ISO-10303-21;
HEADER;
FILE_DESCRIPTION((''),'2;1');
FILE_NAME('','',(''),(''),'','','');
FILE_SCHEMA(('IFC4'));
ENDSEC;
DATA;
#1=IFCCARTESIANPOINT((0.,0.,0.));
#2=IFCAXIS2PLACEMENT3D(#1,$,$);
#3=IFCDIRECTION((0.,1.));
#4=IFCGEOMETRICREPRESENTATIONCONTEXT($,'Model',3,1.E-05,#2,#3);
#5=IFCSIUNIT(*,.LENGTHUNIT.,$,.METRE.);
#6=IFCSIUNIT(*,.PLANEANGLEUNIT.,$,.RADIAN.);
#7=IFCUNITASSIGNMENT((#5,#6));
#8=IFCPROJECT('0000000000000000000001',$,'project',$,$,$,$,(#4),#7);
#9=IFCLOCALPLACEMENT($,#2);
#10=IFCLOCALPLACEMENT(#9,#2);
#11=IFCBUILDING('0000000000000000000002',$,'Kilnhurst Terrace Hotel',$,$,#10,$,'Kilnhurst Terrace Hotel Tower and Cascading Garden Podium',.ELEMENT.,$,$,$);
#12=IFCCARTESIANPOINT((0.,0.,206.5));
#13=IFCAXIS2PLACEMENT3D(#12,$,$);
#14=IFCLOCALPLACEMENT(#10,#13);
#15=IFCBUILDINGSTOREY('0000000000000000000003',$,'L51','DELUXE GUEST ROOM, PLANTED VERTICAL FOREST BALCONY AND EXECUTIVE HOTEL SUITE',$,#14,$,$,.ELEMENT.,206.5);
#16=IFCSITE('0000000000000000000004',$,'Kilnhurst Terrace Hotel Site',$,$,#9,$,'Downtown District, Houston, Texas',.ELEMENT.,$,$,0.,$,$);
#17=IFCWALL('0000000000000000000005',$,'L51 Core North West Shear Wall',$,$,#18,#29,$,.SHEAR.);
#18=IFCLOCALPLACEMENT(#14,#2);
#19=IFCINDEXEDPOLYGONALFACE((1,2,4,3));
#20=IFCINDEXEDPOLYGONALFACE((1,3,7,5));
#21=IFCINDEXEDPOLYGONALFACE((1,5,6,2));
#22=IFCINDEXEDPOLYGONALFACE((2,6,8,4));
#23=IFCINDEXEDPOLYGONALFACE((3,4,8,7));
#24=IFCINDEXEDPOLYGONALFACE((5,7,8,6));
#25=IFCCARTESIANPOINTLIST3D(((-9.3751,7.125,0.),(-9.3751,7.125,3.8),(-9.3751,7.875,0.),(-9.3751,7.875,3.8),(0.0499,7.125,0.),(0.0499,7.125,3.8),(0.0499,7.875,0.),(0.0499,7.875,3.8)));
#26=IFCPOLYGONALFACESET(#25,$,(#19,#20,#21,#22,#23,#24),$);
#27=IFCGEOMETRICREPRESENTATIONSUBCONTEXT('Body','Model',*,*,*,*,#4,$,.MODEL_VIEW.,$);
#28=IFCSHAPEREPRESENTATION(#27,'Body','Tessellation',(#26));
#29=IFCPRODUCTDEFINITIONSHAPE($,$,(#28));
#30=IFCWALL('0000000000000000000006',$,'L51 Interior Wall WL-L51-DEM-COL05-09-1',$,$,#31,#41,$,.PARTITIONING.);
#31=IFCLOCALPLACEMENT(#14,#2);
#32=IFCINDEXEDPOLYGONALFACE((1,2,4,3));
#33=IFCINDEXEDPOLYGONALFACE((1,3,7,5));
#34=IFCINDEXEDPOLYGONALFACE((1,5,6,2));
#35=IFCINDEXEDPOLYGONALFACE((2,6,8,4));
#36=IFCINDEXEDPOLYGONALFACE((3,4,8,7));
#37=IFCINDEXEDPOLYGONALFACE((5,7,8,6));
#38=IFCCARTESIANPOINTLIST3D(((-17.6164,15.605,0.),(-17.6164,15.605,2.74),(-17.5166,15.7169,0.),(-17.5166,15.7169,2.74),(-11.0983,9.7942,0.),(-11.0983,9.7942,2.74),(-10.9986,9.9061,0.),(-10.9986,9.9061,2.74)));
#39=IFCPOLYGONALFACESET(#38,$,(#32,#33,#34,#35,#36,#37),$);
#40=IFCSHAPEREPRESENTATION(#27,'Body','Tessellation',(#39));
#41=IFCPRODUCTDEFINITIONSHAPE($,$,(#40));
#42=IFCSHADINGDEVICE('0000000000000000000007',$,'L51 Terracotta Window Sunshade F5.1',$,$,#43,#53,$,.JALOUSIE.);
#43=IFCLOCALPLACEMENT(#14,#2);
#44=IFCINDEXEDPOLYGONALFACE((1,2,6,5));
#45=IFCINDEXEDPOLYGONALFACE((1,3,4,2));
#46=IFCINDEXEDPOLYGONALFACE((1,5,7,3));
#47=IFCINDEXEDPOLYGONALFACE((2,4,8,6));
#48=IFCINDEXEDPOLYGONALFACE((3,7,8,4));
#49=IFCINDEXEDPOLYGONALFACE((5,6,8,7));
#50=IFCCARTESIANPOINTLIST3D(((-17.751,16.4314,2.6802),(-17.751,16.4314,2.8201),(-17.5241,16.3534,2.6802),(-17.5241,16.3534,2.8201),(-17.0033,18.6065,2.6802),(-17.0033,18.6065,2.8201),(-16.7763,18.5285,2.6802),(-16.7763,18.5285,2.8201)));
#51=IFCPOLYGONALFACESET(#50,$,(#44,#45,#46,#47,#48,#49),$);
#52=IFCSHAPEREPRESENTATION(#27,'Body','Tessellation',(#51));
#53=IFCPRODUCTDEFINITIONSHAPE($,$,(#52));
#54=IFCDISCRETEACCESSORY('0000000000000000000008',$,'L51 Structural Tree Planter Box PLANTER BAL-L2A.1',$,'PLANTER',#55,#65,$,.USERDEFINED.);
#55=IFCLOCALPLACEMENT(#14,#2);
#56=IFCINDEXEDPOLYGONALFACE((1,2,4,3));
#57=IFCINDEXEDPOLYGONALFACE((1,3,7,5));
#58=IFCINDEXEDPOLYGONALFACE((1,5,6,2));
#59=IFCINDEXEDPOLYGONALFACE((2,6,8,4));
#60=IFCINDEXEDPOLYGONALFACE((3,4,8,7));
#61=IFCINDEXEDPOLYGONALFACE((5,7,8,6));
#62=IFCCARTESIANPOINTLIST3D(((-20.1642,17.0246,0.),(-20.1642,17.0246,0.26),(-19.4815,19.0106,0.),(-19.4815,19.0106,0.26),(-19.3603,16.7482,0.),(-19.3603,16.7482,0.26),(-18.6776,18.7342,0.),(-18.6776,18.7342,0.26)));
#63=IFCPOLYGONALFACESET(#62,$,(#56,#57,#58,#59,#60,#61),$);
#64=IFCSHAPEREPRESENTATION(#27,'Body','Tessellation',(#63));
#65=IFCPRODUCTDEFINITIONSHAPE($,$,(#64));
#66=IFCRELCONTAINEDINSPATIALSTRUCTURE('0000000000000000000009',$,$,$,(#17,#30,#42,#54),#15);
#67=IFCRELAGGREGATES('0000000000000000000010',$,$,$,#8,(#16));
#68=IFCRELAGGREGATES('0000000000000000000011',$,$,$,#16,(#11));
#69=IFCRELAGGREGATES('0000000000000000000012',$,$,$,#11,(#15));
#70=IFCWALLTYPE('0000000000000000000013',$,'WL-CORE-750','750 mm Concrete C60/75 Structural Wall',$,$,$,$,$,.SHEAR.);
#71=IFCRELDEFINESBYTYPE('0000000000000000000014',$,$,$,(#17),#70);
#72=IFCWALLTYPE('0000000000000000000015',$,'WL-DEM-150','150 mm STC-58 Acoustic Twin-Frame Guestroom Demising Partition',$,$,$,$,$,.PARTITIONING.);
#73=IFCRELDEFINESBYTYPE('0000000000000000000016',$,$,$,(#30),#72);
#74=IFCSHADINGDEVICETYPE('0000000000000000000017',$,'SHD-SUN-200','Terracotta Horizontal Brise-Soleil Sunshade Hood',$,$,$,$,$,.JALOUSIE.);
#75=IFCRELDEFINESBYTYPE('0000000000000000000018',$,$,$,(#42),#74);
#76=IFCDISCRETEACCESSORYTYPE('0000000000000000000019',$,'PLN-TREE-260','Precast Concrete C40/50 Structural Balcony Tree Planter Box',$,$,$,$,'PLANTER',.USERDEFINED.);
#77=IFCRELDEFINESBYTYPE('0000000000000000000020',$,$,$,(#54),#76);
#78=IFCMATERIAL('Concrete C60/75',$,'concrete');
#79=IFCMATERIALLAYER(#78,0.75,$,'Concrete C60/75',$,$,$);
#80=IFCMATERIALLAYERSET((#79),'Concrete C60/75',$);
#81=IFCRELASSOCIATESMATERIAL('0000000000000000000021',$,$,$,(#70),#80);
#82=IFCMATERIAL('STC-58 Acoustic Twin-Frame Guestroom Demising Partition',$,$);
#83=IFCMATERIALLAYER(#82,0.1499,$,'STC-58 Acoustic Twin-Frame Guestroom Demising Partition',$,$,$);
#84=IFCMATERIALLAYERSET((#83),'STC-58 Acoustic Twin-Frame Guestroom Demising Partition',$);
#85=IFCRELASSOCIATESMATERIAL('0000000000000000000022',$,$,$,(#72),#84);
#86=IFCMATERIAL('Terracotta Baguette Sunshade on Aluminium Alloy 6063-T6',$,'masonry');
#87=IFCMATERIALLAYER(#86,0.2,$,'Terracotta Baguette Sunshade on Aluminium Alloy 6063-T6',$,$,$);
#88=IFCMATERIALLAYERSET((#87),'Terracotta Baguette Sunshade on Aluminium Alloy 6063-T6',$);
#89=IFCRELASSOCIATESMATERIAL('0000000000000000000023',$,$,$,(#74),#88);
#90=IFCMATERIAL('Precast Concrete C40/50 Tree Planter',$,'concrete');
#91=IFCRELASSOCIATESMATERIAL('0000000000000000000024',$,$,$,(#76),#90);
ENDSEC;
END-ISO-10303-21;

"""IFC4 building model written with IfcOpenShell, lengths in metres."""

from ifc_helpers import new_model, si_unit, direction, frame, frame_2d, origin, origin_2d, place, context, subcontext, project, spatial, rectangle, extrude, material, layer, layer_set, type_object, element, save


model = new_model("IFC4")

# Units and contexts
model_context = context("Model", 3, precision=1e-05, world=origin(), true_north=direction((0.0, 1.0)))
body_context = subcontext(model_context, "Body", "Model", "MODEL_VIEW")
ifc_project = project(units=[si_unit("LENGTHUNIT", "METRE"), si_unit("PLANEANGLEUNIT", "RADIAN")], contexts=[model_context])

# Site, building, storey
site_placement = place(None, origin())
site = spatial("IfcSite", under=ifc_project, at=site_placement, Name="Kilnhurst Terrace Hotel Site", LongName="Downtown District, Houston, Texas", CompositionType="ELEMENT", RefElevation=0.0)
building_placement = place(site_placement, origin())
building = spatial("IfcBuilding", under=site, at=building_placement, Name="Kilnhurst Terrace Hotel", LongName="Kilnhurst Terrace Hotel Tower and Cascading Garden Podium", CompositionType="ELEMENT")
storey_placement = place(building_placement, frame((0.0, 0.0, 206.5)))
storey = spatial("IfcBuildingStorey", under=building, at=storey_placement, Name="L51", Description="DELUXE GUEST ROOM, PLANTED VERTICAL FOREST BALCONY AND EXECUTIVE HOTEL SUITE", CompositionType="ELEMENT", Elevation=206.5)

# Shared definitions
ifc_material_1 = material(Name="Concrete C60/75", Category="concrete")

# Walls
ifc_layer_1 = layer(ifc_material_1, 0.75, Name="Concrete C60/75")
ifc_layer_set_1 = layer_set([ifc_layer_1], Name="Concrete C60/75")
wall_type_1 = type_object("IfcWallType", Name="WL-CORE-750", Description="750 mm Concrete C60/75 Structural Wall", PredefinedType="SHEAR", material=ifc_layer_set_1)
wall_1_placement = place(storey_placement, frame((-9.375, 7.5, 0.0), z_axis=(0.0, 0.0, 1.0), x_axis=(1.0, 0.0, 0.0)))
element("IfcWall", 1, at=wall_1_placement, inside=storey, type_object=wall_type_1, Name="L51 Core North West Shear Wall", PredefinedType="SHEAR", context=body_context, shape_type="SweptSolid", body=[
    extrude(rectangle(XDim=9.425, YDim=0.75, at=frame_2d((4.7124, 0.0))), origin(), (0.0, 0.0, 1.0), 3.8),
])
ifc_material_2 = material(Name="STC-58 Acoustic Twin-Frame Guestroom Demising Partition")
ifc_layer_2 = layer(ifc_material_2, 0.1499, Name="STC-58 Acoustic Twin-Frame Guestroom Demising Partition")
ifc_layer_set_2 = layer_set([ifc_layer_2], Name="STC-58 Acoustic Twin-Frame Guestroom Demising Partition")
wall_type_2 = type_object("IfcWallType", Name="WL-DEM-150", Description="150 mm STC-58 Acoustic Twin-Frame Guestroom Demising Partition", PredefinedType="PARTITIONING", material=ifc_layer_set_2)
wall_2_placement = place(storey_placement, frame((-11.0483, 9.8501, 0.0), z_axis=(0.0, 0.0, 1.0), x_axis=(-0.746444, 0.665448, 0.0)))
element("IfcWall", 2, at=wall_2_placement, inside=storey, type_object=wall_type_2, Name="L51 Interior Wall WL-L51-DEM-COL05-09-1", PredefinedType="PARTITIONING", context=body_context, shape_type="SweptSolid", body=[
    extrude(rectangle(XDim=8.7322, YDim=0.1499, at=frame_2d((4.3662, 0.0))), origin(), (0.0, 0.0, 1.0), 2.74),
])

# Shading device
ifc_material_3 = material(Name="Terracotta Baguette Sunshade on Aluminium Alloy 6063-T6", Category="masonry")
ifc_layer_3 = layer(ifc_material_3, 0.2, Name="Terracotta Baguette Sunshade on Aluminium Alloy 6063-T6")
ifc_layer_set_3 = layer_set([ifc_layer_3], Name="Terracotta Baguette Sunshade on Aluminium Alloy 6063-T6")
shading_device_type = type_object("IfcShadingDeviceType", Name="SHD-SUN-200", Description="Terracotta Horizontal Brise-Soleil Sunshade Hood", PredefinedType="JALOUSIE", material=ifc_layer_set_3)
shading_device_placement = place(storey_placement, frame((-17.2637, 17.48, 2.6802), z_axis=(0.0, 0.0, 1.0), x_axis=(-0.32509, -0.945683, 0.0)))
element("IfcShadingDevice", 3, at=shading_device_placement, inside=storey, type_object=shading_device_type, Name="L51 Terracotta Window Sunshade F5.1", PredefinedType="JALOUSIE", context=body_context, shape_type="SweptSolid", body=[
    extrude(rectangle(XDim=2.3, YDim=0.24, at=origin_2d()), origin(), (0.0, 0.0, 1.0), 0.1399),
])

# Discrete accessory
ifc_material_4 = material(Name="Precast Concrete C40/50 Tree Planter", Category="concrete")
discrete_accessory_type = type_object("IfcDiscreteAccessoryType", Name="PLN-TREE-260", Description="Precast Concrete C40/50 Structural Balcony Tree Planter Box", ElementType="PLANTER", PredefinedType="USERDEFINED", material=ifc_material_4)
discrete_accessory_placement = place(storey_placement, frame((-19.4209, 17.8794, 0.0), z_axis=(0.0, 0.0, 1.0), x_axis=(-0.32509, -0.945683, 0.0)))
element("IfcDiscreteAccessory", 4, at=discrete_accessory_placement, inside=storey, type_object=discrete_accessory_type, Name="L51 Structural Tree Planter Box PLANTER BAL-L2A.1", ObjectType="PLANTER", PredefinedType="USERDEFINED", context=body_context, shape_type="SweptSolid", body=[
    extrude(rectangle(XDim=2.1001, YDim=0.8501, at=origin_2d()), origin(), (0.0, 0.0, 1.0), 0.26),
])

save(model, "model.ifc")
